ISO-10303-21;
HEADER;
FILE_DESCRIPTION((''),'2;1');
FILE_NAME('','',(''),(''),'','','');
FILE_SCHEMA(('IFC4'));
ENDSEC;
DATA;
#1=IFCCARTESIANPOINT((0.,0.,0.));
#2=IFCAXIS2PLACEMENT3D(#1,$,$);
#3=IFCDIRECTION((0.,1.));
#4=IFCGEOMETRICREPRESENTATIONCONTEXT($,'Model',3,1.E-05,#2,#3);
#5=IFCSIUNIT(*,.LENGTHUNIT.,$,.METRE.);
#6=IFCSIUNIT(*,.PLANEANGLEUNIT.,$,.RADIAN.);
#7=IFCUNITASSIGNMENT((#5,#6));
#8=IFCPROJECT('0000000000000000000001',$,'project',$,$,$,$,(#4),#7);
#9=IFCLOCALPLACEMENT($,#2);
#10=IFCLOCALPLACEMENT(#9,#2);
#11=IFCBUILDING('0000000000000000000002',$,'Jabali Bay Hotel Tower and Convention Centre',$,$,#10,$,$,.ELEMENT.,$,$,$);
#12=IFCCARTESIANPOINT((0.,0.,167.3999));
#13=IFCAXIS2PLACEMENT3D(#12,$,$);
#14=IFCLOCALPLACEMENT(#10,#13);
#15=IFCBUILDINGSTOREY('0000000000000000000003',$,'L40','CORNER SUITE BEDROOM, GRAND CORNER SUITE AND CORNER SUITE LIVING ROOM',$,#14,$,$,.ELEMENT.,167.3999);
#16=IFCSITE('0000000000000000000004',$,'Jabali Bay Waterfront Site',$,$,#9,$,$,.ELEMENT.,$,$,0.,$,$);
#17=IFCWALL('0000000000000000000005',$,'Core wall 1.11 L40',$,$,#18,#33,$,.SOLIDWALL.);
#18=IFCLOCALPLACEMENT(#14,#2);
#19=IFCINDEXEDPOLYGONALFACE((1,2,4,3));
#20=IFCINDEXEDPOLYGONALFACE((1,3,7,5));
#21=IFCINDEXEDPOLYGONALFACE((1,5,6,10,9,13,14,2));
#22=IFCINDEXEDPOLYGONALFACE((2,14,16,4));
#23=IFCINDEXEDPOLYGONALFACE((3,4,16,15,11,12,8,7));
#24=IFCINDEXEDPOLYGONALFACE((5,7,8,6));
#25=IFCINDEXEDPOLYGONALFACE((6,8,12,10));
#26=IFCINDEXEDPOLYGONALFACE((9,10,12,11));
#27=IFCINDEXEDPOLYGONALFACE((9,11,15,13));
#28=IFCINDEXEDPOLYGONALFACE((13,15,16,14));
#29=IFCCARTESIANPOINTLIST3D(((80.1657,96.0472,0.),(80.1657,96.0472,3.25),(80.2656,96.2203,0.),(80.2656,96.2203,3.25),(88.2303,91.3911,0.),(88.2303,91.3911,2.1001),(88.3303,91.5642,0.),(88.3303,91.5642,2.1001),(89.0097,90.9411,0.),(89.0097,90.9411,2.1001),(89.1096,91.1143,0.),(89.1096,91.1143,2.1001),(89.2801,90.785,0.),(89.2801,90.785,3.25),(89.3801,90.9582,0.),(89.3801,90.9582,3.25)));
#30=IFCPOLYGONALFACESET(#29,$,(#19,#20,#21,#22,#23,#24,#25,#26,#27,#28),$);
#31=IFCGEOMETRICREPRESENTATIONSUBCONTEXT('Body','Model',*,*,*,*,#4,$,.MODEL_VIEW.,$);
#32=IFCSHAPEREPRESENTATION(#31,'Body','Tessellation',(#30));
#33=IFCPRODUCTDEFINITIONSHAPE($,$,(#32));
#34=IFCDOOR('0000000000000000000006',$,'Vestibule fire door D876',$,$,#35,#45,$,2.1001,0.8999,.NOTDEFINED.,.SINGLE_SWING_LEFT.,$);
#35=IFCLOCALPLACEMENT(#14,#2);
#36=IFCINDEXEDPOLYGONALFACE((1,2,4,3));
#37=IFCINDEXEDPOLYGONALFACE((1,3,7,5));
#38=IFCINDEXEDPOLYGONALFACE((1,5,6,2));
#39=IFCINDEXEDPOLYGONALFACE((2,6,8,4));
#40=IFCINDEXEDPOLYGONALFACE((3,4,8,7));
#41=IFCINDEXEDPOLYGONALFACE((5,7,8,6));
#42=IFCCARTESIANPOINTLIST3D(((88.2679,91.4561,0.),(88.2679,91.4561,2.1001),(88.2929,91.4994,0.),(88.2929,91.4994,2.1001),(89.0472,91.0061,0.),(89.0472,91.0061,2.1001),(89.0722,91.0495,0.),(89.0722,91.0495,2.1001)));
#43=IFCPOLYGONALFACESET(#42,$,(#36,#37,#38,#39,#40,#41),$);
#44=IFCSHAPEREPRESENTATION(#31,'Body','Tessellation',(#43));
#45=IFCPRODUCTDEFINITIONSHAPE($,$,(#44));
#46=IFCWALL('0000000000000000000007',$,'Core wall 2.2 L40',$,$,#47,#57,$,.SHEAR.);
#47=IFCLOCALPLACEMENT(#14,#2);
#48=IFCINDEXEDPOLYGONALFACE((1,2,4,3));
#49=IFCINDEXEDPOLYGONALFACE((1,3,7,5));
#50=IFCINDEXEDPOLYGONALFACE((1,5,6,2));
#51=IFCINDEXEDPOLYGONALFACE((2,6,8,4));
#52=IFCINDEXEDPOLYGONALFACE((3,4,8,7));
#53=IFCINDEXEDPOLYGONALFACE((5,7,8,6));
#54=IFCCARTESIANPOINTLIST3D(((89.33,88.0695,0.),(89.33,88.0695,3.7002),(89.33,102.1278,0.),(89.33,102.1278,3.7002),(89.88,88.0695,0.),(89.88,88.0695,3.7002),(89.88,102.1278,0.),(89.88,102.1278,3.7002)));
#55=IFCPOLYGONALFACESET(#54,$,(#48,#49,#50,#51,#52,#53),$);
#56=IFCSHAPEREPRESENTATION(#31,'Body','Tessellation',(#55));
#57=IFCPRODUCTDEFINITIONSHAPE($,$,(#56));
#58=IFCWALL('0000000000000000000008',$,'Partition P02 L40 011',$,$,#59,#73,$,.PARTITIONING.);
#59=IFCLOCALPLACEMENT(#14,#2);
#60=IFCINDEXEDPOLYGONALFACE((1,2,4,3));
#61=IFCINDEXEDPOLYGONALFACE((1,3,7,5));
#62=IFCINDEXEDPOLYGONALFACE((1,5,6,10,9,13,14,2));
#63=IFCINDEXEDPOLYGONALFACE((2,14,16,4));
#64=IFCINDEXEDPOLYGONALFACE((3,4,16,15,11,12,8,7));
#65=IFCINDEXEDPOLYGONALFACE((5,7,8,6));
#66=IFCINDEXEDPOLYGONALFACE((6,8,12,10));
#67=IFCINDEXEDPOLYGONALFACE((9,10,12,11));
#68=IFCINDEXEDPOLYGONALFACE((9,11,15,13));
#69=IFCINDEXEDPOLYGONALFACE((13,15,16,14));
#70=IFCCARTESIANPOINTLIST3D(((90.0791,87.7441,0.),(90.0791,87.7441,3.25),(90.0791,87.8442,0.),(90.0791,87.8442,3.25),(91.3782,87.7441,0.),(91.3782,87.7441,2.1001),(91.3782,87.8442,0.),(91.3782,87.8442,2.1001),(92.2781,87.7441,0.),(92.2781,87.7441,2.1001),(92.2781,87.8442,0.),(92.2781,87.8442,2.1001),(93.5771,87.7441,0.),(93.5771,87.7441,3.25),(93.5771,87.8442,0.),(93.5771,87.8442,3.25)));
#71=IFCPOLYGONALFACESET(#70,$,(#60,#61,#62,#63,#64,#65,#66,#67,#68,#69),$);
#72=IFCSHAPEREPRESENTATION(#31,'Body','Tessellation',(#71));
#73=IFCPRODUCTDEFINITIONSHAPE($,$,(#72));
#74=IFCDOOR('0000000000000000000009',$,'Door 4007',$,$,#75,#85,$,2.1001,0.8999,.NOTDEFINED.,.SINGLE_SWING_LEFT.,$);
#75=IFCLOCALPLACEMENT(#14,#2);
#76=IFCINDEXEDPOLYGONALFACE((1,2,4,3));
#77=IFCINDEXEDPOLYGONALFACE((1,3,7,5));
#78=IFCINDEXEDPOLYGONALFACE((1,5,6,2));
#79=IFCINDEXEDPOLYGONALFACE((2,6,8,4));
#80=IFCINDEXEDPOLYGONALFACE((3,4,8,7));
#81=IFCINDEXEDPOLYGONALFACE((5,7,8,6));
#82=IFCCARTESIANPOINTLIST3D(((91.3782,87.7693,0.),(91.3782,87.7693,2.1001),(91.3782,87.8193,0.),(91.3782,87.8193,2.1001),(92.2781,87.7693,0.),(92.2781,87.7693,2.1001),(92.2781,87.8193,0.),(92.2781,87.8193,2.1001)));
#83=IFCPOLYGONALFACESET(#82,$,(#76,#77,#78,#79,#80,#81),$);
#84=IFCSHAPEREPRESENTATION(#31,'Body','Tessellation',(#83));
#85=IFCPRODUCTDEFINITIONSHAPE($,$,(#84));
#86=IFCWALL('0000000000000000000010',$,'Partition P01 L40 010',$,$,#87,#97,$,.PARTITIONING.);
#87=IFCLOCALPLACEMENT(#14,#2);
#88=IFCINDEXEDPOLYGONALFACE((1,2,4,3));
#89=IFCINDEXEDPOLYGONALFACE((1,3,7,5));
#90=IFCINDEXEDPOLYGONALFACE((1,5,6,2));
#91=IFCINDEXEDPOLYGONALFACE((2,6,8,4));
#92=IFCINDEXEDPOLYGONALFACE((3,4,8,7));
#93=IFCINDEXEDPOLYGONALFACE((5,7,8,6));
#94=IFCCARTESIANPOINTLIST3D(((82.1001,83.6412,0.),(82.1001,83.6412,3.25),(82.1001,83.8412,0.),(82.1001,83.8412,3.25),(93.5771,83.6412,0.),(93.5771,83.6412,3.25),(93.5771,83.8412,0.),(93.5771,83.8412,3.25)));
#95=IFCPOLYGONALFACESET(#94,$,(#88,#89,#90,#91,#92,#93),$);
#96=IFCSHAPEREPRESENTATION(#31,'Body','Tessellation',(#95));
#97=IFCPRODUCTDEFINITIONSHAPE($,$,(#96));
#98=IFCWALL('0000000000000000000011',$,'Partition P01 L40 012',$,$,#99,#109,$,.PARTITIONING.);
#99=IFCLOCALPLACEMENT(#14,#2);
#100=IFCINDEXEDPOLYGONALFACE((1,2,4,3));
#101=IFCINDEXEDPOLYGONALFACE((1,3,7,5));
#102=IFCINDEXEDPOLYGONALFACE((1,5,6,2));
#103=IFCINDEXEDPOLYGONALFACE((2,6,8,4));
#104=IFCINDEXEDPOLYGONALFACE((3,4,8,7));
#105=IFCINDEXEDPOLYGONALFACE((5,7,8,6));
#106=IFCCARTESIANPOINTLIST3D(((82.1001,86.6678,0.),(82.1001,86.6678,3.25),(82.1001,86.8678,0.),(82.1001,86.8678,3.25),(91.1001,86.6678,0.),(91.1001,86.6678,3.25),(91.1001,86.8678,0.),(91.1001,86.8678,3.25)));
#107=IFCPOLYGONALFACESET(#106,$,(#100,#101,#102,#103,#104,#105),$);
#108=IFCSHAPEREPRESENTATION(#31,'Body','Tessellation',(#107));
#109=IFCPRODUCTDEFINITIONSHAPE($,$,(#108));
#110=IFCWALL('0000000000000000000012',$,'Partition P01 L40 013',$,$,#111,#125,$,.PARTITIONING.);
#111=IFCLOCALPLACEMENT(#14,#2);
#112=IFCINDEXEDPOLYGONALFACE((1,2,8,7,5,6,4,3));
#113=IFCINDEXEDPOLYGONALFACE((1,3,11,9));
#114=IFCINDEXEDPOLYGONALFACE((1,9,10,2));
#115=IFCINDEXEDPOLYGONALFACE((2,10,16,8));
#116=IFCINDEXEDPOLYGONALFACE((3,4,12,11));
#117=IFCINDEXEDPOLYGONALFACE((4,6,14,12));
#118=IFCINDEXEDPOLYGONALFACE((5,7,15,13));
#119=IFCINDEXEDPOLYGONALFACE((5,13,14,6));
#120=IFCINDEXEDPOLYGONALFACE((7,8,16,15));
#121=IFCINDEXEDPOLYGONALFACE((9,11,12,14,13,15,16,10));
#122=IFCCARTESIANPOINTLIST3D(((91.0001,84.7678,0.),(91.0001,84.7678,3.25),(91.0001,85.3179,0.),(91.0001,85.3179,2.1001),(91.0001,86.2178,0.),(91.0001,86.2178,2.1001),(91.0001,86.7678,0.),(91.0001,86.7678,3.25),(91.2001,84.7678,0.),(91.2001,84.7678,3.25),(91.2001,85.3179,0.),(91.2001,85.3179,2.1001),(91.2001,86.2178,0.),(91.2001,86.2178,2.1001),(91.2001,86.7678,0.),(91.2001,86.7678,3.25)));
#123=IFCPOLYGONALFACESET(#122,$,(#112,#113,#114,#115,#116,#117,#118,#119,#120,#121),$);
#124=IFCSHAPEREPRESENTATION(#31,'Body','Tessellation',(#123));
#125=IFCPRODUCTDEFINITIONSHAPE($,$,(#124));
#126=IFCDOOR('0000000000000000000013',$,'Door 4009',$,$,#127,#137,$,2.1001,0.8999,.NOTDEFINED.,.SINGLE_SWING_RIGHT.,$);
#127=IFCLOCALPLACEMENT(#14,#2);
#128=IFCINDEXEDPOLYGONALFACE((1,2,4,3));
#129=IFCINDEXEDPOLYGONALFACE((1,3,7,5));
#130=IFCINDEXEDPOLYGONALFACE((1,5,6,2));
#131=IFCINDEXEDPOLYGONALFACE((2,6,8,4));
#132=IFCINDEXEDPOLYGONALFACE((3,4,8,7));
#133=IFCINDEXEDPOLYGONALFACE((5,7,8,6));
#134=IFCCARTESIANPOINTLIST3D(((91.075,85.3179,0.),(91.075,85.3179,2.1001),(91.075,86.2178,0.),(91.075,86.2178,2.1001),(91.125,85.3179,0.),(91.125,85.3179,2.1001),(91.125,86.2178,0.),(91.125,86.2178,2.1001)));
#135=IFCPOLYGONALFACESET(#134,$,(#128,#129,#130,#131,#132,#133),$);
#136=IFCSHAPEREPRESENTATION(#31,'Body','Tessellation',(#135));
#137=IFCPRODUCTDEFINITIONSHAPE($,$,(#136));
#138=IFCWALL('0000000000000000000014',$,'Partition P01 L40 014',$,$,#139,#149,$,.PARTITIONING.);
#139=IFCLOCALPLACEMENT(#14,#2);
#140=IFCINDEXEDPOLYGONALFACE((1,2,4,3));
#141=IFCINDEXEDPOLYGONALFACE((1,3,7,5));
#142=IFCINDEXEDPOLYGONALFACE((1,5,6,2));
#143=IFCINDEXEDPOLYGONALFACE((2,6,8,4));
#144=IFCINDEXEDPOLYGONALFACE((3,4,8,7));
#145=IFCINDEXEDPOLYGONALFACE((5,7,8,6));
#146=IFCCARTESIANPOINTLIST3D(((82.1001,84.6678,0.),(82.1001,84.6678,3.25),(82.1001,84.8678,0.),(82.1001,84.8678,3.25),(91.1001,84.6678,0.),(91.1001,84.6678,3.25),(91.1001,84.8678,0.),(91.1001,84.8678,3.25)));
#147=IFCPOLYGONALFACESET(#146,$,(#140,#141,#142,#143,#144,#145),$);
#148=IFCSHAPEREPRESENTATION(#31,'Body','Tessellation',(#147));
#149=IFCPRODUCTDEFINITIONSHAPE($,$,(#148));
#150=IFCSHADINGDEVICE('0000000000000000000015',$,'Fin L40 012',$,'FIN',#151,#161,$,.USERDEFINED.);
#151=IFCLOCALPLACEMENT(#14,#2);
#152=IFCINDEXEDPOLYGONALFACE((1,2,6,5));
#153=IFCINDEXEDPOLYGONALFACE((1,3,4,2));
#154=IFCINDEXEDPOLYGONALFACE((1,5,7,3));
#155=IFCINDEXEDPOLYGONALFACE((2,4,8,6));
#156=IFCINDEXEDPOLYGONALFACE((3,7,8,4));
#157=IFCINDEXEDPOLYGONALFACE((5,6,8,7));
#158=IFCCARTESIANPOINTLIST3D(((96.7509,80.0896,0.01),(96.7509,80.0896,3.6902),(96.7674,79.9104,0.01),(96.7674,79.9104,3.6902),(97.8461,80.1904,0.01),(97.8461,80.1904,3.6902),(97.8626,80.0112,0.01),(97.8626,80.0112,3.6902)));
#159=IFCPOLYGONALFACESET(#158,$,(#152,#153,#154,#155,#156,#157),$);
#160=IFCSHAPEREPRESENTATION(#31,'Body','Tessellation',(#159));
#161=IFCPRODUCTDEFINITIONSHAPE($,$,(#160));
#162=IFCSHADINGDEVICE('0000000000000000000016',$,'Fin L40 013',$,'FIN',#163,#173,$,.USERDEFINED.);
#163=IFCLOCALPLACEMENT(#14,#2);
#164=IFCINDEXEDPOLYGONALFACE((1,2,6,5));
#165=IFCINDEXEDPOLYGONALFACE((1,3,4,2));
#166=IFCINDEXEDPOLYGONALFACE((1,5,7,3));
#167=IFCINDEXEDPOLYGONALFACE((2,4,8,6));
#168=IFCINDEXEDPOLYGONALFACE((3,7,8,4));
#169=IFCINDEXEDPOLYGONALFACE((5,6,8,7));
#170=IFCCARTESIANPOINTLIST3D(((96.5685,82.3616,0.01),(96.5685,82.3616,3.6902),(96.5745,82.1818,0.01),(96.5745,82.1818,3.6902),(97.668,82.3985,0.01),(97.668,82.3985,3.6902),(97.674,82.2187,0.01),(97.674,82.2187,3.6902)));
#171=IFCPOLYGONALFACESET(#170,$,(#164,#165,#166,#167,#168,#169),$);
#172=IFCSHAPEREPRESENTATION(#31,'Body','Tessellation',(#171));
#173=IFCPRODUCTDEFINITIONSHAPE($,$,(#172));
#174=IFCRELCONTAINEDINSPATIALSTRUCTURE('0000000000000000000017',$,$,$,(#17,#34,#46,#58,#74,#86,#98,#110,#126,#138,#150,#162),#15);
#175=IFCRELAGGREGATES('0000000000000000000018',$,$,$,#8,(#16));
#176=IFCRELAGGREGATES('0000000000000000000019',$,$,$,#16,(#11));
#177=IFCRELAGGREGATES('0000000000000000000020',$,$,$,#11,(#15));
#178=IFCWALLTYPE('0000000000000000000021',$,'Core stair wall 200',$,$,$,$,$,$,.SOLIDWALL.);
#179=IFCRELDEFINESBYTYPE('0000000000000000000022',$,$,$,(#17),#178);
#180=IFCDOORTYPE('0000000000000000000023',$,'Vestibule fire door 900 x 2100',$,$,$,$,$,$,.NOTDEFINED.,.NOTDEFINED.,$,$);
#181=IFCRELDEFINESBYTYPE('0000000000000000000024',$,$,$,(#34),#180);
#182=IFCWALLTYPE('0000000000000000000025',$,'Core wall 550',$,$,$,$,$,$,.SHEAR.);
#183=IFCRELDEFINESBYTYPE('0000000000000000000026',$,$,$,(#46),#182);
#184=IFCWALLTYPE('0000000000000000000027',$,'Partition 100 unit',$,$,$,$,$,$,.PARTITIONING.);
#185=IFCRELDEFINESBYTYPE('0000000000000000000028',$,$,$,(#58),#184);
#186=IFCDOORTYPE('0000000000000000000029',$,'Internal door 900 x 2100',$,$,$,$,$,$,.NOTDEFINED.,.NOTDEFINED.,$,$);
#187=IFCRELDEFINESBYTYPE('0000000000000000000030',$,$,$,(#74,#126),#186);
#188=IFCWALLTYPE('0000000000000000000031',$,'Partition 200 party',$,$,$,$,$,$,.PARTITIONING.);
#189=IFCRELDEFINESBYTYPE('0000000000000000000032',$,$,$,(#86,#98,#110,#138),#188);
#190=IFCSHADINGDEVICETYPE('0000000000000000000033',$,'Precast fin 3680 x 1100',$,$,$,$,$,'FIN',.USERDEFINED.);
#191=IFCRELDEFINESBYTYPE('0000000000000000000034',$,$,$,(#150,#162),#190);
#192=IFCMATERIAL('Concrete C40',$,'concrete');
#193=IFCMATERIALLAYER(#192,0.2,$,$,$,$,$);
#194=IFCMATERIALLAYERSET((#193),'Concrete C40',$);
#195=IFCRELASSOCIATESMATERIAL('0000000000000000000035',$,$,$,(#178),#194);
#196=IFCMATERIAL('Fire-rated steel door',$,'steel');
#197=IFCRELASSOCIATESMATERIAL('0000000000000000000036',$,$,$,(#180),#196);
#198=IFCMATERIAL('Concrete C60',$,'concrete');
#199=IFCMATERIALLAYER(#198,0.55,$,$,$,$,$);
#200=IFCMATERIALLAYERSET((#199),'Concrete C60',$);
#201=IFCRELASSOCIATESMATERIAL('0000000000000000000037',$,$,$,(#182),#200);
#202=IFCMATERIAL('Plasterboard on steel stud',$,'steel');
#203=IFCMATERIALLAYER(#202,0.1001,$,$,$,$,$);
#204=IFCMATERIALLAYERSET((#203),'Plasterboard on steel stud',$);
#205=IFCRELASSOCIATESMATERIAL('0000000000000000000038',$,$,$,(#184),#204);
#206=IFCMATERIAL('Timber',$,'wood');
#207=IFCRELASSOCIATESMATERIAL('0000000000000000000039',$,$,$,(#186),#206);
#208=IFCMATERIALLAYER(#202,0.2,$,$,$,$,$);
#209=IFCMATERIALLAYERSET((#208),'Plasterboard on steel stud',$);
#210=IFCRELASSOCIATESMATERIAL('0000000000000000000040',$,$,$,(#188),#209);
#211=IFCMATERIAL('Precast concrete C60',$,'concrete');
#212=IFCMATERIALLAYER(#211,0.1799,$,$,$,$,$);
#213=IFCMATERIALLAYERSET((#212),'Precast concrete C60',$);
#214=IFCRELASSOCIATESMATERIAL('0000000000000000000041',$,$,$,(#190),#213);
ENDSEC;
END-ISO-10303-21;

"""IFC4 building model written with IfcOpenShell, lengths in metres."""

from ifc_helpers import new_model, si_unit, direction, frame, frame_2d, origin, place, context, subcontext, project, spatial, rectangle, extrude, material, layer, layer_set, type_object, element, fill, save


model = new_model("IFC4")

# Units and contexts
model_context = context("Model", 3, precision=1e-05, world=origin(), true_north=direction((0.0, 1.0)))
body_context = subcontext(model_context, "Body", "Model", "MODEL_VIEW")
ifc_project = project(units=[si_unit("LENGTHUNIT", "METRE"), si_unit("PLANEANGLEUNIT", "RADIAN")], contexts=[model_context])

# Site, building, storey
site_placement = place(None, origin())
site = spatial("IfcSite", under=ifc_project, at=site_placement, Name="Jabali Bay Waterfront Site", CompositionType="ELEMENT", RefElevation=0.0)
building_placement = place(site_placement, origin())
building = spatial("IfcBuilding", under=site, at=building_placement, Name="Jabali Bay Hotel Tower and Convention Centre", CompositionType="ELEMENT")
storey_placement = place(building_placement, frame((0.0, 0.0, 167.3999)))
storey = spatial("IfcBuildingStorey", under=building, at=storey_placement, Name="L40", Description="CORNER SUITE BEDROOM, GRAND CORNER SUITE AND CORNER SUITE LIVING ROOM", CompositionType="ELEMENT", Elevation=167.3999)

# Shared definitions
ifc_material_1 = material(Name="Concrete C60", Category="concrete")

# Shared definitions
ifc_material_2 = material(Name="Concrete C40", Category="concrete")
ifc_layer_1 = layer(ifc_material_2, 0.2)
ifc_layer_set_1 = layer_set([ifc_layer_1], Name="Concrete C40")
wall_type_1 = type_object("IfcWallType", Name="Core stair wall 200", PredefinedType="SOLIDWALL", material=ifc_layer_set_1)

# Wall, opening, door
wall_1_placement = place(storey_placement, frame((89.3301, 90.8716, 0.0), z_axis=(0.0, 0.0, 1.0), x_axis=(-0.866028, 0.499996, 0.0)))
wall_1 = element("IfcWall", 1, at=wall_1_placement, inside=storey, type_object=wall_type_1, Name="Core wall 1.11 L40", PredefinedType="SOLIDWALL", context=body_context, shape_type="SweptSolid", body=[
    extrude(rectangle(XDim=10.5244, YDim=0.2, at=frame_2d((5.2622, 0.0))), origin(), (0.0, 0.0, 1.0), 3.25),
])
opening_1_placement = place(wall_1_placement, frame((0.3123, 0.0, 0.0)))
opening_1 = element("IfcOpeningElement", 2, at=opening_1_placement, cuts=wall_1, PredefinedType="OPENING", context=body_context, shape_type="SweptSolid", body=[
    extrude(rectangle(XDim=0.8999, YDim=2.1001, at=frame_2d((0.45, 1.05))), frame((0.0, 0.1104, 0.0), z_axis=(0.0, -1.0, 0.0), x_axis=(1.0, 0.0, 0.0)), (0.0, 0.0, 1.0), 0.2209),
])
ifc_material_3 = material(Name="Fire-rated steel door", Category="steel")
door_type_1 = type_object("IfcDoorType", Name="Vestibule fire door 900 x 2100", OperationType="NOTDEFINED", PredefinedType="NOTDEFINED", material=ifc_material_3)
door_1_placement = place(opening_1_placement, origin())
door_1 = element("IfcDoor", 3, at=door_1_placement, inside=storey, type_object=door_type_1, Name="Vestibule fire door D876", OperationType="SINGLE_SWING_LEFT", OverallHeight=2.1001, OverallWidth=0.8999, PredefinedType="NOTDEFINED", context=body_context, shape_type="SweptSolid", body=[
    extrude(rectangle(XDim=0.8999, YDim=2.1001, at=frame_2d((0.45, 1.05))), frame((0.0, 0.0249, 0.0), z_axis=(0.0, -1.0, 0.0), x_axis=(1.0, 0.0, 0.0)), (0.0, 0.0, 1.0), 0.05),
])
fill(opening_1, door_1)

# Wall
ifc_layer_2 = layer(ifc_material_1, 0.55)
ifc_layer_set_2 = layer_set([ifc_layer_2], Name="Concrete C60")
wall_type_2 = type_object("IfcWallType", Name="Core wall 550", PredefinedType="SHEAR", material=ifc_layer_set_2)
wall_2_placement = place(storey_placement, frame((89.605, 88.0693, 0.0), z_axis=(0.0, 0.0, 1.0), x_axis=(0.0, 1.0, 0.0)))
element("IfcWall", 4, at=wall_2_placement, inside=storey, type_object=wall_type_2, Name="Core wall 2.2 L40", PredefinedType="SHEAR", context=body_context, shape_type="SweptSolid", body=[
    extrude(rectangle(XDim=14.0583, YDim=0.55, at=frame_2d((7.0293, 0.0))), origin(), (0.0, 0.0, 1.0), 3.7002),
])

# Wall, opening, door
ifc_material_4 = material(Name="Plasterboard on steel stud", Category="steel")
ifc_layer_3 = layer(ifc_material_4, 0.1001)
ifc_layer_set_3 = layer_set([ifc_layer_3], Name="Plasterboard on steel stud")
wall_type_3 = type_object("IfcWallType", Name="Partition 100 unit", PredefinedType="PARTITIONING", material=ifc_layer_set_3)
wall_3_placement = place(storey_placement, frame((93.5771, 87.7942, 0.0), z_axis=(0.0, 0.0, 1.0), x_axis=(-1.0, 0.0, 0.0)))
wall_3 = element("IfcWall", 5, at=wall_3_placement, inside=storey, type_object=wall_type_3, Name="Partition P02 L40 011", PredefinedType="PARTITIONING", context=body_context, shape_type="SweptSolid", body=[
    extrude(rectangle(XDim=3.498, YDim=0.1001, at=frame_2d((1.749, 0.0))), origin(), (0.0, 0.0, 1.0), 3.25),
])
opening_2_placement = place(wall_3_placement, frame((1.2991, 0.0, 0.0)))
opening_2 = element("IfcOpeningElement", 6, at=opening_2_placement, cuts=wall_3, PredefinedType="OPENING", context=body_context, shape_type="SweptSolid", body=[
    extrude(rectangle(XDim=0.8999, YDim=2.1001, at=frame_2d((0.45, 1.05))), frame((0.0, 0.0605, 0.0), z_axis=(0.0, -1.0, 0.0), x_axis=(1.0, 0.0, 0.0)), (0.0, 0.0, 1.0), 0.1211),
])
ifc_material_5 = material(Name="Timber", Category="wood")
door_type_2 = type_object("IfcDoorType", Name="Internal door 900 x 2100", OperationType="NOTDEFINED", PredefinedType="NOTDEFINED", material=ifc_material_5)
door_2_placement = place(opening_2_placement, origin())
door_2 = element("IfcDoor", 7, at=door_2_placement, inside=storey, type_object=door_type_2, Name="Door 4007", OperationType="SINGLE_SWING_LEFT", OverallHeight=2.1001, OverallWidth=0.8999, PredefinedType="NOTDEFINED", context=body_context, shape_type="SweptSolid", body=[
    extrude(rectangle(XDim=0.8999, YDim=2.1001, at=frame_2d((0.45, 1.05))), frame((0.0, 0.0249, 0.0), z_axis=(0.0, -1.0, 0.0), x_axis=(1.0, 0.0, 0.0)), (0.0, 0.0, 1.0), 0.05),
])
fill(opening_2, door_2)

# Walls
ifc_layer_4 = layer(ifc_material_4, 0.2)
ifc_layer_set_4 = layer_set([ifc_layer_4], Name="Plasterboard on steel stud")
wall_type_4 = type_object("IfcWallType", Name="Partition 200 party", PredefinedType="PARTITIONING", material=ifc_layer_set_4)
wall_4_placement = place(storey_placement, frame((93.5771, 83.7412, 0.0), z_axis=(0.0, 0.0, 1.0), x_axis=(-1.0, 0.0, 0.0)))
element("IfcWall", 8, at=wall_4_placement, inside=storey, type_object=wall_type_4, Name="Partition P01 L40 010", PredefinedType="PARTITIONING", context=body_context, shape_type="SweptSolid", body=[
    extrude(rectangle(XDim=11.4771, YDim=0.2, at=frame_2d((5.7385, 0.0))), origin(), (0.0, 0.0, 1.0), 3.25),
])
wall_5_placement = place(storey_placement, frame((82.1001, 86.7678, 0.0), z_axis=(0.0, 0.0, 1.0), x_axis=(1.0, 0.0, 0.0)))
element("IfcWall", 9, at=wall_5_placement, inside=storey, type_object=wall_type_4, Name="Partition P01 L40 012", PredefinedType="PARTITIONING", context=body_context, shape_type="SweptSolid", body=[
    extrude(rectangle(XDim=9.0, YDim=0.2, at=frame_2d((4.5, 0.0))), origin(), (0.0, 0.0, 1.0), 3.25),
])

# Wall, opening, door
wall_6_placement = place(storey_placement, frame((91.1001, 86.7678, 0.0), z_axis=(0.0, 0.0, 1.0), x_axis=(0.0, -1.0, 0.0)))
wall_6 = element("IfcWall", 10, at=wall_6_placement, inside=storey, type_object=wall_type_4, Name="Partition P01 L40 013", PredefinedType="PARTITIONING", context=body_context, shape_type="SweptSolid", body=[
    extrude(rectangle(XDim=2.0, YDim=0.2, at=frame_2d((1.0, 0.0))), origin(), (0.0, 0.0, 1.0), 3.25),
])
opening_3_placement = place(wall_6_placement, frame((0.55, 0.0, 0.0)))
opening_3 = element("IfcOpeningElement", 11, at=opening_3_placement, cuts=wall_6, PredefinedType="OPENING", context=body_context, shape_type="SweptSolid", body=[
    extrude(rectangle(XDim=0.8999, YDim=2.1001, at=frame_2d((0.45, 1.05))), frame((0.0, 0.1104, 0.0), z_axis=(0.0, -1.0, 0.0), x_axis=(1.0, 0.0, 0.0)), (0.0, 0.0, 1.0), 0.2209),
])
door_3_placement = place(opening_3_placement, origin())
door_3 = element("IfcDoor", 12, at=door_3_placement, inside=storey, type_object=door_type_2, Name="Door 4009", OperationType="SINGLE_SWING_RIGHT", OverallHeight=2.1001, OverallWidth=0.8999, PredefinedType="NOTDEFINED", context=body_context, shape_type="SweptSolid", body=[
    extrude(rectangle(XDim=0.8999, YDim=2.1001, at=frame_2d((0.45, 1.05))), frame((0.0, 0.0249, 0.0), z_axis=(0.0, -1.0, 0.0), x_axis=(1.0, 0.0, 0.0)), (0.0, 0.0, 1.0), 0.05),
])
fill(opening_3, door_3)

# Wall
wall_7_placement = place(storey_placement, frame((91.1001, 84.7678, 0.0), z_axis=(0.0, 0.0, 1.0), x_axis=(-1.0, 0.0, 0.0)))
element("IfcWall", 13, at=wall_7_placement, inside=storey, type_object=wall_type_4, Name="Partition P01 L40 014", PredefinedType="PARTITIONING", context=body_context, shape_type="SweptSolid", body=[
    extrude(rectangle(XDim=9.0, YDim=0.2, at=frame_2d((4.5, 0.0))), origin(), (0.0, 0.0, 1.0), 3.25),
])

# Shading devices
ifc_material_6 = material(Name="Precast concrete C60", Category="concrete")
ifc_layer_5 = layer(ifc_material_6, 0.1799)
ifc_layer_set_5 = layer_set([ifc_layer_5], Name="Precast concrete C60")
shading_device_type = type_object("IfcShadingDeviceType", Name="Precast fin 3680 x 1100", ElementType="FIN", PredefinedType="USERDEFINED", material=ifc_layer_set_5)
shading_device_placement = place(storey_placement, frame((96.7593, 80.0, 0.01), z_axis=(0.0, 0.0, 1.0), x_axis=(0.995789, 0.091677, 0.0)))
element("IfcShadingDevice", 14, at=shading_device_placement, inside=storey, type_object=shading_device_type, Name="Fin L40 012", ObjectType="FIN", PredefinedType="USERDEFINED", context=body_context, shape_type="SweptSolid", body=[
    extrude(rectangle(XDim=1.0999, YDim=0.1799, at=frame_2d((0.5498, 0.0))), origin(), (0.0, 0.0, 1.0), 3.6802),
])
for number, where, z_axis, x_axis, name in (
    (15, (96.5715, 82.2717, 0.01), (0.0, 0.0, 1.0), (0.999438, 0.033514, 0.0), "Fin L40 013"),
):
    element("IfcShadingDevice", number, at=place(storey_placement, frame(where, z_axis=z_axis, x_axis=x_axis)), inside=storey, type_object=shading_device_type, Name=name, ObjectType="FIN", PredefinedType="USERDEFINED", context=body_context, shape_type="SweptSolid", body=[
        extrude(rectangle(XDim=1.1001, YDim=0.1799, at=frame_2d((0.55, 0.0))), origin(), (0.0, 0.0, 1.0), 3.6802),
    ])

save(model, "model.ifc")
